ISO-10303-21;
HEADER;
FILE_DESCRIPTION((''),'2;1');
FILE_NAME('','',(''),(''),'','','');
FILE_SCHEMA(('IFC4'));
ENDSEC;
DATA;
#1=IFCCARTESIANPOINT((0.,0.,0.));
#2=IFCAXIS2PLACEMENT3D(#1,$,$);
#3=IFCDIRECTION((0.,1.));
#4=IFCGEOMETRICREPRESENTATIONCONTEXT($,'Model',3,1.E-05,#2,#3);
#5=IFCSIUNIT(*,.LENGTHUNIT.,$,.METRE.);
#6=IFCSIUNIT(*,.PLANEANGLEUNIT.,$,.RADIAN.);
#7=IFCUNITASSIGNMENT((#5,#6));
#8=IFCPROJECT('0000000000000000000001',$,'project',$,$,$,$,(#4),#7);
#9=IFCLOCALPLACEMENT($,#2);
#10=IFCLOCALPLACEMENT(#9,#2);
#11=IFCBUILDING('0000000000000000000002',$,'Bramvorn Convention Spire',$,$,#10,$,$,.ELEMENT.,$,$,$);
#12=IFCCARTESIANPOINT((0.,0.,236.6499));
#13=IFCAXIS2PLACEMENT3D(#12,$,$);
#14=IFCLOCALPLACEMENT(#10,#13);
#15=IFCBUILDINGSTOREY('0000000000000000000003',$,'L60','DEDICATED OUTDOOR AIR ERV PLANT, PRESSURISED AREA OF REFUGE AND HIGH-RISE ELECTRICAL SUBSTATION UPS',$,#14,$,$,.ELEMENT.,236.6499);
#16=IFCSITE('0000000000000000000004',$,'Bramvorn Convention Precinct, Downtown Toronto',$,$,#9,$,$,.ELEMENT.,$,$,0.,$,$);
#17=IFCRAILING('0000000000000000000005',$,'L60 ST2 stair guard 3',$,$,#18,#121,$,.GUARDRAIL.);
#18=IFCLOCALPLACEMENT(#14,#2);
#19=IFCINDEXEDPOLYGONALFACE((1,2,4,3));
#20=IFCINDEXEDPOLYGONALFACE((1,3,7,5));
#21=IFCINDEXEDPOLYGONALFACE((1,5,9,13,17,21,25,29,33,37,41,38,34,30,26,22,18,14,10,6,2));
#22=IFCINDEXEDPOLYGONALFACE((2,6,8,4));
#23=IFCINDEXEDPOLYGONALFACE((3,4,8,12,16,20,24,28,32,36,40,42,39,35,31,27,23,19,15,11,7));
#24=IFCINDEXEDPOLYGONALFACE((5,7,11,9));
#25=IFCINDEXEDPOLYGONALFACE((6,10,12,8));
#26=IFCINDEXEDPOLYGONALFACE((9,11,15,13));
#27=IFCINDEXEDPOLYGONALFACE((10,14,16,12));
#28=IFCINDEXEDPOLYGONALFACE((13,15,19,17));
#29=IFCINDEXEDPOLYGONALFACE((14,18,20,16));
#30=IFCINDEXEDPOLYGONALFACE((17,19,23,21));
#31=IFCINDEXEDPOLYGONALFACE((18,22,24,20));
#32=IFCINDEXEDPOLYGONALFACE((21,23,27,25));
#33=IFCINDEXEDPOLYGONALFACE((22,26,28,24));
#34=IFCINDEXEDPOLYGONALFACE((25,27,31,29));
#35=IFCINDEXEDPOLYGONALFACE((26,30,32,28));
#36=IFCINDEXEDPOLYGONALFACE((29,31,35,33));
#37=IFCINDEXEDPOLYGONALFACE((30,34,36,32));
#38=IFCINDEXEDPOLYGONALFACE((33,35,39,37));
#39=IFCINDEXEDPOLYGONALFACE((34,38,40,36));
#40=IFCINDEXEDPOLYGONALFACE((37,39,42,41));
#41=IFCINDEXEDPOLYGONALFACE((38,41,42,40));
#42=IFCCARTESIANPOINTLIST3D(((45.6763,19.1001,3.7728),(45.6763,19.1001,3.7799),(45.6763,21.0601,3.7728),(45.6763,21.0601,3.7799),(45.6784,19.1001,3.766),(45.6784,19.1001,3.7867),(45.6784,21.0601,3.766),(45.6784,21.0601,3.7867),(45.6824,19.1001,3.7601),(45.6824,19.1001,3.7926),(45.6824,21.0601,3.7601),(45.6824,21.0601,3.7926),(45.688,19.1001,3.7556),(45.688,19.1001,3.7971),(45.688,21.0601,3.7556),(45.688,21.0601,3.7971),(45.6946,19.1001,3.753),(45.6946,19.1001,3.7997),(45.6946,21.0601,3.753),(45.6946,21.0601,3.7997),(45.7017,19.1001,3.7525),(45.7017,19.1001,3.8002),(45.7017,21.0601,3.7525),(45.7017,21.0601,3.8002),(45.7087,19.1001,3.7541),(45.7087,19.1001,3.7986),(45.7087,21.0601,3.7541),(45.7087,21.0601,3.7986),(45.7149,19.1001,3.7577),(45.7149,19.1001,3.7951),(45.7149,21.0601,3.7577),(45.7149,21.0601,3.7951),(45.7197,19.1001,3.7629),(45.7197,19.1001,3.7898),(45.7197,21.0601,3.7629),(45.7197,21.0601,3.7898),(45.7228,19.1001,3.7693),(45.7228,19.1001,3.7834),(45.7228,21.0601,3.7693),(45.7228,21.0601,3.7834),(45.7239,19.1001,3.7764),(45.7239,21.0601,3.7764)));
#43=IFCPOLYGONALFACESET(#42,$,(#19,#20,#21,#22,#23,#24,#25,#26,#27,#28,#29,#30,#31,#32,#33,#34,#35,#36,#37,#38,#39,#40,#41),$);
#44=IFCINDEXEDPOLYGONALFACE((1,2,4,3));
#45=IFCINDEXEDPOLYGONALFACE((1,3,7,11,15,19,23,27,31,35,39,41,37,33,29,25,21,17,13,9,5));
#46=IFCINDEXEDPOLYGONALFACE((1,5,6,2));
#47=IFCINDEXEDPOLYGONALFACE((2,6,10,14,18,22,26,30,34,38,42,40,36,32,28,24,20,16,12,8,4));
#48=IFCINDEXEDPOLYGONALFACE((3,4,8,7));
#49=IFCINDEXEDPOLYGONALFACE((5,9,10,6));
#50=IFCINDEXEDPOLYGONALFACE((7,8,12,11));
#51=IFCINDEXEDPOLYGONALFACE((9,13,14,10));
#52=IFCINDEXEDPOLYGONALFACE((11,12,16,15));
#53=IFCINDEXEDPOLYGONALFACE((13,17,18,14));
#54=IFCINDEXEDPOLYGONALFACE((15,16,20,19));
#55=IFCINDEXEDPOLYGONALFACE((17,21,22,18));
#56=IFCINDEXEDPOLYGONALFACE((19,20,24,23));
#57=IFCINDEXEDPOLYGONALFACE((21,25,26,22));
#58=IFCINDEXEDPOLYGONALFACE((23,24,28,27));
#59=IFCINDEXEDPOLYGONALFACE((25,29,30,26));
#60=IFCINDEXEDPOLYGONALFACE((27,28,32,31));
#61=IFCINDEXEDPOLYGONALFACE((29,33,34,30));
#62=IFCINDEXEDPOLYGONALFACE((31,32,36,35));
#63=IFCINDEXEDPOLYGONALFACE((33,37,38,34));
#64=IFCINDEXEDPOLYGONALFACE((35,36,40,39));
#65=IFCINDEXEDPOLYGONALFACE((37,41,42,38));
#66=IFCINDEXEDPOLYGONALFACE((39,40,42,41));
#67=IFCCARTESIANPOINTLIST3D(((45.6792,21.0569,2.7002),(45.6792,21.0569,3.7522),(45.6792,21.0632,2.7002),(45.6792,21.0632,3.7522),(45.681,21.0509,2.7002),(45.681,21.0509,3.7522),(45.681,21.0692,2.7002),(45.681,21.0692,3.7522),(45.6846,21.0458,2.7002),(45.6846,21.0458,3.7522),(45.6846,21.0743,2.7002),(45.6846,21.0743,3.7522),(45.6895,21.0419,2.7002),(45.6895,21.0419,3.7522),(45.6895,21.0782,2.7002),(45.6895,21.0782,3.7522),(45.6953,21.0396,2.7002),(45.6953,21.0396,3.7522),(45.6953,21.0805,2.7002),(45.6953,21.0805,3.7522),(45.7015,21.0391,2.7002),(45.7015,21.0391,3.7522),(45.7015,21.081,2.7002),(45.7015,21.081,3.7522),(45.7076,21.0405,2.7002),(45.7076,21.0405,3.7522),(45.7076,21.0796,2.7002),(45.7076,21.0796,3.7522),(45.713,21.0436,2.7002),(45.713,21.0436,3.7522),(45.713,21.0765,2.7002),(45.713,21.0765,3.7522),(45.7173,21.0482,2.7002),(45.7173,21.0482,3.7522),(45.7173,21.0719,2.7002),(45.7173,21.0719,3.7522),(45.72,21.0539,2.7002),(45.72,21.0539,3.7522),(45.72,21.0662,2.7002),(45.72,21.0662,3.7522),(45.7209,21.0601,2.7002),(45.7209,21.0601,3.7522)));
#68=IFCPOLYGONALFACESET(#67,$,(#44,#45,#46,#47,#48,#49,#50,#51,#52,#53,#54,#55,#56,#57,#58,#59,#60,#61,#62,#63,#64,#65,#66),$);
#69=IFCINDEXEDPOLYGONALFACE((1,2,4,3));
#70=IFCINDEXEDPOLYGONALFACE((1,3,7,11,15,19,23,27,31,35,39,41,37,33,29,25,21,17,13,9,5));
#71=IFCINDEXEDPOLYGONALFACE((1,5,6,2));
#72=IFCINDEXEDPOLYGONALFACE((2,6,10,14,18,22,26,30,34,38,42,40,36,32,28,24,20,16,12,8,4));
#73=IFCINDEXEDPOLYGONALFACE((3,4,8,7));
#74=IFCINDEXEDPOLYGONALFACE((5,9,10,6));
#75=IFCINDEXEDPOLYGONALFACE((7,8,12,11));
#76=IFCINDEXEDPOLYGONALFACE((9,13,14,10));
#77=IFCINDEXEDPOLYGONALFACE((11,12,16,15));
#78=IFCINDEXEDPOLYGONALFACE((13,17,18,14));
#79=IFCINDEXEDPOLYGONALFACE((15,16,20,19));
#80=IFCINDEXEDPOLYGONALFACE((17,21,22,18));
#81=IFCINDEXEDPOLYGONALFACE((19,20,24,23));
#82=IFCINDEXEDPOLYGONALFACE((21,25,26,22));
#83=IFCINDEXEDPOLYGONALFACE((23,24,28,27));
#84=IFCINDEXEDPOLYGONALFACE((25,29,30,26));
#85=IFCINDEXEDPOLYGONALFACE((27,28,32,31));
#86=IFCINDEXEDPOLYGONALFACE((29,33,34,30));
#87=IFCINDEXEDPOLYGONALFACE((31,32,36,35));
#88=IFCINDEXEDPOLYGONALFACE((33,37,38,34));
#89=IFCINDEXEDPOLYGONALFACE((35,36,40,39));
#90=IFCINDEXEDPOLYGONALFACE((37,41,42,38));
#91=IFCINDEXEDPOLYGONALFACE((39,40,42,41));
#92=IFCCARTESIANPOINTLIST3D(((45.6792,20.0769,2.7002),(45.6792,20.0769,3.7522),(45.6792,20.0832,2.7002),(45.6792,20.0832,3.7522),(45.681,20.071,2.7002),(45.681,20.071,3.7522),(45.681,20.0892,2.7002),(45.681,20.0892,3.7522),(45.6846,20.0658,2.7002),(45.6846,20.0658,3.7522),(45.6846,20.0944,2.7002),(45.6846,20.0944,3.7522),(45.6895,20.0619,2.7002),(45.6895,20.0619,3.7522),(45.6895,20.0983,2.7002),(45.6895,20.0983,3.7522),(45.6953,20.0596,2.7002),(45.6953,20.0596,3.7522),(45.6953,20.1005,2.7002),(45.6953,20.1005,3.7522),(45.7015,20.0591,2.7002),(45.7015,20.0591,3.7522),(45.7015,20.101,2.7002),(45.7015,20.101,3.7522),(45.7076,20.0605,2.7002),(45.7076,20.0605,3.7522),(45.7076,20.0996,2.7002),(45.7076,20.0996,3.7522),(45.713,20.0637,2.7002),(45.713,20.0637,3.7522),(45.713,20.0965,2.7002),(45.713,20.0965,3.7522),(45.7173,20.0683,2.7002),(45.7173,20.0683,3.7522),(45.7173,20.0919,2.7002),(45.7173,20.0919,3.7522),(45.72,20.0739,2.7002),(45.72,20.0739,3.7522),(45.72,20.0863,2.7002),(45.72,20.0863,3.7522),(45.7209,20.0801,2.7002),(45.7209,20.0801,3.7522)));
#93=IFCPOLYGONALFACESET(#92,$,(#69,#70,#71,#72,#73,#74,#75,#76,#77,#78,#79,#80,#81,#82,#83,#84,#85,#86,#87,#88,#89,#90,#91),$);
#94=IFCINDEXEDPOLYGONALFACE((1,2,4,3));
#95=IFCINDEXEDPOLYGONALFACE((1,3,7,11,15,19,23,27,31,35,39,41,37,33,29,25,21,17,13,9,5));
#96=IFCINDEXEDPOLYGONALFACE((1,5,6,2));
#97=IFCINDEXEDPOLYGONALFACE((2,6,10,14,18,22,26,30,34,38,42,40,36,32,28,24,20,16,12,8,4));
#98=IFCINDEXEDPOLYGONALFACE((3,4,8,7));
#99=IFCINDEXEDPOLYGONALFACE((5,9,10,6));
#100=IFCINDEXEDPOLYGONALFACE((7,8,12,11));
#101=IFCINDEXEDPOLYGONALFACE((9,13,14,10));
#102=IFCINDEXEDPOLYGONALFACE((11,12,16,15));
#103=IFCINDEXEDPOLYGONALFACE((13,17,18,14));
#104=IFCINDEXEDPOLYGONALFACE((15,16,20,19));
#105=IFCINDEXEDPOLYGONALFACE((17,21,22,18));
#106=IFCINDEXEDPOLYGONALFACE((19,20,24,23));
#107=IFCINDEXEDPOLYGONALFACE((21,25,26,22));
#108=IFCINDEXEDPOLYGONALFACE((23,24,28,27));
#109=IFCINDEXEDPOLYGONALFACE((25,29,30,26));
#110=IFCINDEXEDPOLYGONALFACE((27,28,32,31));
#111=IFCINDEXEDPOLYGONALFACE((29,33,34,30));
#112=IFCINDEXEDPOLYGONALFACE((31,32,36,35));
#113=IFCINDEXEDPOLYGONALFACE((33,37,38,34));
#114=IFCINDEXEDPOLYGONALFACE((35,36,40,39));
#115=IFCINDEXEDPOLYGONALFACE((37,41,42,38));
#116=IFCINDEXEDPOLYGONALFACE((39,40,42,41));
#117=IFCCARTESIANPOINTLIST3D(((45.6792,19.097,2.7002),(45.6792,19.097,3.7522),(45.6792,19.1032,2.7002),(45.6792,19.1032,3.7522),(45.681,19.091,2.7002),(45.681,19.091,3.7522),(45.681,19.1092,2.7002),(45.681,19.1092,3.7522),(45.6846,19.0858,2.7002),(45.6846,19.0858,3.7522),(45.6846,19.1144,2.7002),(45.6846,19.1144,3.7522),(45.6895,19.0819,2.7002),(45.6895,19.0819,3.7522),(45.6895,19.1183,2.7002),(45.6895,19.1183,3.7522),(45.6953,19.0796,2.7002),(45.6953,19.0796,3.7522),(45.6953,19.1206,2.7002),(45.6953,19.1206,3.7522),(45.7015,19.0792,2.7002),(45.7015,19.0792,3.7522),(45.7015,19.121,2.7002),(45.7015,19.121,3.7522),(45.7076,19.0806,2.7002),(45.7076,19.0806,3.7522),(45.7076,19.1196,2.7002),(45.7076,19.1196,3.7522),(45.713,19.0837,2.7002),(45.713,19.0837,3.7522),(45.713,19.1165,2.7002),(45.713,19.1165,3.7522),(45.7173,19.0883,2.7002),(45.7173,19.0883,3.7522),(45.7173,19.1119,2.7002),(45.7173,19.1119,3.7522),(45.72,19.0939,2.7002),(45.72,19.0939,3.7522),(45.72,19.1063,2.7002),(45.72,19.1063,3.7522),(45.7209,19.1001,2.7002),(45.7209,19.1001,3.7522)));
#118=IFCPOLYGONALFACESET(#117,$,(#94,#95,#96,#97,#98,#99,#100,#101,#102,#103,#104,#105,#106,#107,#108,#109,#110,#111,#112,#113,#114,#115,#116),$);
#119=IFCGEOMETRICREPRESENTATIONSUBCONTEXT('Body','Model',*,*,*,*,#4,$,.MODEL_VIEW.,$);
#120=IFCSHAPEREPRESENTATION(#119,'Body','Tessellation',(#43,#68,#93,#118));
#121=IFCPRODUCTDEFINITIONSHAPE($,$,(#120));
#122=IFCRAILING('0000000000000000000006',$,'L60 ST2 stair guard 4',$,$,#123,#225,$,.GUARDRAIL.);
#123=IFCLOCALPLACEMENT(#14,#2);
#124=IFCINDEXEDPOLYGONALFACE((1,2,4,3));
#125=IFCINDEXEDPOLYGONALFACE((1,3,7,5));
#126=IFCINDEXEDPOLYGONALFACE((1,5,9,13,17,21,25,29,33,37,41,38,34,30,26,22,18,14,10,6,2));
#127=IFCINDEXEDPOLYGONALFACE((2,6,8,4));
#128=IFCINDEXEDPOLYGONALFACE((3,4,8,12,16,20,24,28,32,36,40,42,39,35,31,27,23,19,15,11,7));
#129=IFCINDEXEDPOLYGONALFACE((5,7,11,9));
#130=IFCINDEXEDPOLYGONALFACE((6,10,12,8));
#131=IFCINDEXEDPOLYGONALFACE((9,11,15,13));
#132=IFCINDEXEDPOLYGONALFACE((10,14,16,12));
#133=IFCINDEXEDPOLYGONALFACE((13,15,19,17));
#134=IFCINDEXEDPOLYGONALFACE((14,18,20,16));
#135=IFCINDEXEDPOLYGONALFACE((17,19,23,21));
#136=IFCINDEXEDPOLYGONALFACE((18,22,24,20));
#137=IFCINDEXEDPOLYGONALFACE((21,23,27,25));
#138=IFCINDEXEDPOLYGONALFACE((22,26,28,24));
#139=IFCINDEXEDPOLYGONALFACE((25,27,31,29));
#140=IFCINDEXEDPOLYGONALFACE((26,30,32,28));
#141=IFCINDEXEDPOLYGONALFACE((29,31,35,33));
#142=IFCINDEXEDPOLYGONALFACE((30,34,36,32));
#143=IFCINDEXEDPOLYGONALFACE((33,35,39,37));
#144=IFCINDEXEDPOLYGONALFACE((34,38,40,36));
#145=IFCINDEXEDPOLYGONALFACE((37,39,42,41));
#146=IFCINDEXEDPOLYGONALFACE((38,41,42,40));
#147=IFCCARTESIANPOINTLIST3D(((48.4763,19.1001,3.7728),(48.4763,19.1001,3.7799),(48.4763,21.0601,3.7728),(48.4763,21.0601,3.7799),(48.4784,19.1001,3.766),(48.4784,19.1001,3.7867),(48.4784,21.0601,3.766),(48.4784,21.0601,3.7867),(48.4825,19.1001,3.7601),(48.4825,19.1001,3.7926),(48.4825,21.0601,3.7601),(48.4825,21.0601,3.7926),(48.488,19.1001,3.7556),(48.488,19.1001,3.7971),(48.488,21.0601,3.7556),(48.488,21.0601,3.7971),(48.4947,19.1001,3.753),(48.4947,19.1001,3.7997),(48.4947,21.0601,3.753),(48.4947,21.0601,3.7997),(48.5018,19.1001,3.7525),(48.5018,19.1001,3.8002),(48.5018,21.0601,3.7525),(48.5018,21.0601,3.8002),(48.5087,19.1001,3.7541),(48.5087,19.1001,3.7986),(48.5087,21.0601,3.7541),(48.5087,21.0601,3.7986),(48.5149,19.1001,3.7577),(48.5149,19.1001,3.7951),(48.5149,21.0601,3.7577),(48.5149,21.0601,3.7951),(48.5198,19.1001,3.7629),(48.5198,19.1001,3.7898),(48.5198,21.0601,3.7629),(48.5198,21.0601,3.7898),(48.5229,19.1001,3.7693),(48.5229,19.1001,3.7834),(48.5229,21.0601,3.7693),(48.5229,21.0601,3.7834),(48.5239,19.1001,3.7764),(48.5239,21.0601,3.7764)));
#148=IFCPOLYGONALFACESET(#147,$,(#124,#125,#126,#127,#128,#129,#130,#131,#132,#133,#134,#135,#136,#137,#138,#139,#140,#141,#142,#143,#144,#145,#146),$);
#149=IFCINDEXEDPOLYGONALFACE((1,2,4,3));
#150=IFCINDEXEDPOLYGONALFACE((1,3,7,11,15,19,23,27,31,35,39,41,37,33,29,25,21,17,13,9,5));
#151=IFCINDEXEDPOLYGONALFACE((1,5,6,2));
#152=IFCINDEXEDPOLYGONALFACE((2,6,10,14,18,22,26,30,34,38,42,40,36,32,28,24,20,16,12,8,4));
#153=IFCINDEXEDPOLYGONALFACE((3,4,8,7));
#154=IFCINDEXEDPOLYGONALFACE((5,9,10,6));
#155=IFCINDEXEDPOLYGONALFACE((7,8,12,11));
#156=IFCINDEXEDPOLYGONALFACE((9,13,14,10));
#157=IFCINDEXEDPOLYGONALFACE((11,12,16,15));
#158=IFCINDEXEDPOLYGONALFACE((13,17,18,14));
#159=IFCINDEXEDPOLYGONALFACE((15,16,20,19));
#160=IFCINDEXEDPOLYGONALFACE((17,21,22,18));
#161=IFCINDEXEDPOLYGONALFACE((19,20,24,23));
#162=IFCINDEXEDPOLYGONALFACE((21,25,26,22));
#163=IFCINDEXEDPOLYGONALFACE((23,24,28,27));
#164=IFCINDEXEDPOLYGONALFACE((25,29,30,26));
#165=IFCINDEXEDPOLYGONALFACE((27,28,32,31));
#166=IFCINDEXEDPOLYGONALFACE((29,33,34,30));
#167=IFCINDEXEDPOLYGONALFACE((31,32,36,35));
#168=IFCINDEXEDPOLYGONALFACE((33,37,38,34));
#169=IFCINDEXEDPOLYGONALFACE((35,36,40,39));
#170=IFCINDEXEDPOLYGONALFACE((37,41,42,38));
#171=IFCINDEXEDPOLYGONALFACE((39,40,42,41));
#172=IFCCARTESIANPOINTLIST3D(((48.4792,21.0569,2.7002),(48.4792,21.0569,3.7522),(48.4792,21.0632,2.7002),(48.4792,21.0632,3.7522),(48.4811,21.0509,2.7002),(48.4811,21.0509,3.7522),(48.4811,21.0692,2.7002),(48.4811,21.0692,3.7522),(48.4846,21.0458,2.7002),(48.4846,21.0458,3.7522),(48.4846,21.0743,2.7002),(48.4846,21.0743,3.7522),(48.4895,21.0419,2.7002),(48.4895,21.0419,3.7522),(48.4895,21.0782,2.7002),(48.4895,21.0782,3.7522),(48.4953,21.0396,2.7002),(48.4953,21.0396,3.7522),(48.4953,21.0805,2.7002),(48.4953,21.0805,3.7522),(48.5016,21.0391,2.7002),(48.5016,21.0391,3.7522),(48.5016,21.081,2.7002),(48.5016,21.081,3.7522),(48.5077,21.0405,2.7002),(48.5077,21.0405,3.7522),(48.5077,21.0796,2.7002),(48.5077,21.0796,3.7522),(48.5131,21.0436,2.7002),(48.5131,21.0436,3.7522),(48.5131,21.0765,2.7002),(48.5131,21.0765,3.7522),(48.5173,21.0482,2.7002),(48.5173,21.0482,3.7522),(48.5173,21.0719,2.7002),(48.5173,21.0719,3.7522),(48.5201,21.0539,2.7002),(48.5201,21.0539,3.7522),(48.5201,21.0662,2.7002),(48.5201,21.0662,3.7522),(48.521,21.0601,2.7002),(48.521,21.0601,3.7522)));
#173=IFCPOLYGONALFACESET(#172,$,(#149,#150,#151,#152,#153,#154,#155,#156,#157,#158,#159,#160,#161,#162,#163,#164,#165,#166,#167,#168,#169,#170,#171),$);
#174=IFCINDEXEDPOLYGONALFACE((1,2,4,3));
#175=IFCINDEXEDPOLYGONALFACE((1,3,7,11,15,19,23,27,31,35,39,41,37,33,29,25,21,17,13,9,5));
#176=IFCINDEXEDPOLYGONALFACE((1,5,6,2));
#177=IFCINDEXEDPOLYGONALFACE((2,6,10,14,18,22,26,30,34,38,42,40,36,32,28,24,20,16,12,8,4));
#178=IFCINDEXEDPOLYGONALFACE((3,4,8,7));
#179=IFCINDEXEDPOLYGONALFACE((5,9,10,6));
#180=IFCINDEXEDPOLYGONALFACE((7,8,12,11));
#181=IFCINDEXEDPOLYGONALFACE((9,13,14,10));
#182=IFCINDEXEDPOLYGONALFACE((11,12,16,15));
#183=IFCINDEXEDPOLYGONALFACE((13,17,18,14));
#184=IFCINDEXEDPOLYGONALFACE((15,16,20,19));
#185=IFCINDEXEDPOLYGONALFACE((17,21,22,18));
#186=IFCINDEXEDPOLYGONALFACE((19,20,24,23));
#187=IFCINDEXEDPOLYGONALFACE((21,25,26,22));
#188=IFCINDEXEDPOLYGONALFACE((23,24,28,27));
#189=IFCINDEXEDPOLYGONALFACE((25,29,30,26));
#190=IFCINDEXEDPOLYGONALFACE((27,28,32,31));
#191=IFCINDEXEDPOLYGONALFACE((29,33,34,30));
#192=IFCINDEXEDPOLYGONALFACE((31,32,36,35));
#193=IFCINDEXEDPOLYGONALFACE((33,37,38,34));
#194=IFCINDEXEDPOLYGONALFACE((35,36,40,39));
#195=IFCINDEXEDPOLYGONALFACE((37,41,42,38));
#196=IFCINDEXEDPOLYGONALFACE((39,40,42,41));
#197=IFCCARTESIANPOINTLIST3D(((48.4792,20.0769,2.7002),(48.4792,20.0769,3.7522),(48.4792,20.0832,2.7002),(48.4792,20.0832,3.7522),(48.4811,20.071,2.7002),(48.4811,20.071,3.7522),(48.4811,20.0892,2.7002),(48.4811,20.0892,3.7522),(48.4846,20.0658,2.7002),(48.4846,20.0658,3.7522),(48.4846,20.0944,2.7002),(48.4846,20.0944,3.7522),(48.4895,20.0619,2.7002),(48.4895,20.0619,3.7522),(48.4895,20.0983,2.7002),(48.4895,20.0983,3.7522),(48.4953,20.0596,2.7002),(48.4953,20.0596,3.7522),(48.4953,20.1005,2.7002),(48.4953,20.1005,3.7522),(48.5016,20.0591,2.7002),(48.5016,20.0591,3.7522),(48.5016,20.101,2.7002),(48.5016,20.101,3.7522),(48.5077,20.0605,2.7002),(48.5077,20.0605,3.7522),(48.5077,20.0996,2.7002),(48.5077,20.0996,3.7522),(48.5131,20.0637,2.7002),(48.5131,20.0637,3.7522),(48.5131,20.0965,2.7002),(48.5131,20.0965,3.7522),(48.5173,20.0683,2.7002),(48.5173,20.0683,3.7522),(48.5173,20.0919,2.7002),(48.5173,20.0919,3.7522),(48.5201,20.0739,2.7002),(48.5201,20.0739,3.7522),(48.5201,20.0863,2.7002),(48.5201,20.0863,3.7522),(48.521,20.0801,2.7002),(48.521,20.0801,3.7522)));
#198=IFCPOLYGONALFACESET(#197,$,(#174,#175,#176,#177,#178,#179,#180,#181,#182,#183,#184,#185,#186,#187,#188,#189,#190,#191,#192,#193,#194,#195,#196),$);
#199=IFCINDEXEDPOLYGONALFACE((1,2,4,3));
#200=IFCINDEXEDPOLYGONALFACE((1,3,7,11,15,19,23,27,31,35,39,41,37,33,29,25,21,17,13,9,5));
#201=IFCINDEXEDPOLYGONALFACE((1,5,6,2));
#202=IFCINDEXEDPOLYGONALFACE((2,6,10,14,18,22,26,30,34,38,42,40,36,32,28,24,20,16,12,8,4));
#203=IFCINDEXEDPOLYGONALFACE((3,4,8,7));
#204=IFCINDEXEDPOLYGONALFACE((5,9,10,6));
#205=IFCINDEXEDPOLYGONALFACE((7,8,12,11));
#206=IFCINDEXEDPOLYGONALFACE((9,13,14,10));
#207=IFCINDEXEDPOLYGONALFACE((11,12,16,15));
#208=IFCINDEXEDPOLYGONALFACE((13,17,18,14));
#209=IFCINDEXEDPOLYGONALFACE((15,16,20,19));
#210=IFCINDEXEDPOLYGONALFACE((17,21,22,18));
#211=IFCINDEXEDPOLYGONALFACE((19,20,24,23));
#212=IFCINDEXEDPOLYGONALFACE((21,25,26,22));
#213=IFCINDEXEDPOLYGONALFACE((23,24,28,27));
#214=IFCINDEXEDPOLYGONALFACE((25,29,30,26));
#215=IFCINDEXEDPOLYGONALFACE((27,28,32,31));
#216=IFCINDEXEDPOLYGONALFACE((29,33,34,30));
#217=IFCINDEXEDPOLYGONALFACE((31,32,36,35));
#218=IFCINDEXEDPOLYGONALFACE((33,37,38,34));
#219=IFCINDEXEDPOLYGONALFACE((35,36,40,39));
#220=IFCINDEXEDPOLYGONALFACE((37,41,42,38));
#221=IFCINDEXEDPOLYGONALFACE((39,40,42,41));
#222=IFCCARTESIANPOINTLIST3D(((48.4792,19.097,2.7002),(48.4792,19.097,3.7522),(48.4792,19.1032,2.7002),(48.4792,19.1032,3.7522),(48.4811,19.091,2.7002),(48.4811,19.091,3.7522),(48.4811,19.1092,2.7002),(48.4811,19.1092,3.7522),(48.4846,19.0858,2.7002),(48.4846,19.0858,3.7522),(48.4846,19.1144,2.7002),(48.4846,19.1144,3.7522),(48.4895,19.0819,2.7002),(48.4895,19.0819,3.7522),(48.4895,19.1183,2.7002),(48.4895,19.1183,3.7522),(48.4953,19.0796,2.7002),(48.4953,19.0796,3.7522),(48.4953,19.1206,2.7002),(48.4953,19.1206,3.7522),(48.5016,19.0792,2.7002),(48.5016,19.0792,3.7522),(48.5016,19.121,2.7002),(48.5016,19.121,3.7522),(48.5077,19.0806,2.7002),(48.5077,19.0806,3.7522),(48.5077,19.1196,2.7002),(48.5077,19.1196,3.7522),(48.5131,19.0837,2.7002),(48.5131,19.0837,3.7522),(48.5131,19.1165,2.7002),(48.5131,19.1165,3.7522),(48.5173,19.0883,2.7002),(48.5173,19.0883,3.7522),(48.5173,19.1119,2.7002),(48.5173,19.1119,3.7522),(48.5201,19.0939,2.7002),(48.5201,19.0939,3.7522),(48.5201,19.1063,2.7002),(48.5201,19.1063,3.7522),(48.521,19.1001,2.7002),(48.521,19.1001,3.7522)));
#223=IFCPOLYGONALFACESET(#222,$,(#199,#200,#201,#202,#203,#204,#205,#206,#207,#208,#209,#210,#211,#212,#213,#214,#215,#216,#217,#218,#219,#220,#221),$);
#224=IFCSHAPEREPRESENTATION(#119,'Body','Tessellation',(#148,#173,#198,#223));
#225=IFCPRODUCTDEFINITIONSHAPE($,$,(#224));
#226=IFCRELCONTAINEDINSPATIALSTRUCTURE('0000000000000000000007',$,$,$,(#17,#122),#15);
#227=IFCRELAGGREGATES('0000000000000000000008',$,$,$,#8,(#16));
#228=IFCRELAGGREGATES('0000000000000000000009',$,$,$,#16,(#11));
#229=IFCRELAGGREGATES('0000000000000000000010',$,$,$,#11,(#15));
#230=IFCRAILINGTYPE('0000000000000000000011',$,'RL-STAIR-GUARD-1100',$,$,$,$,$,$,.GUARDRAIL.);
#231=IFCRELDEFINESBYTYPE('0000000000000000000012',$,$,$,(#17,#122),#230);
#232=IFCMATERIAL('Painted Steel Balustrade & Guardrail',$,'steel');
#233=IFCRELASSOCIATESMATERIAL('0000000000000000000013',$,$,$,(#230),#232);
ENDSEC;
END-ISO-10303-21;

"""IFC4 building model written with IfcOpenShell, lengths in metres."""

from ifc_helpers import new_model, si_unit, direction, frame, origin, origin_2d, place, context, subcontext, project, spatial, circle, extrude, material, type_object, element, save


model = new_model("IFC4")

# Units and contexts
model_context = context("Model", 3, precision=1e-05, world=origin(), true_north=direction((0.0, 1.0)))
body_context = subcontext(model_context, "Body", "Model", "MODEL_VIEW")
ifc_project = project(units=[si_unit("LENGTHUNIT", "METRE"), si_unit("PLANEANGLEUNIT", "RADIAN")], contexts=[model_context])

# Site, building, storey
site_placement = place(None, origin())
site = spatial("IfcSite", under=ifc_project, at=site_placement, Name="Bramvorn Convention Precinct, Downtown Toronto", CompositionType="ELEMENT", RefElevation=0.0)
building_placement = place(site_placement, origin())
building = spatial("IfcBuilding", under=site, at=building_placement, Name="Bramvorn Convention Spire", CompositionType="ELEMENT")
storey_placement = place(building_placement, frame((0.0, 0.0, 236.6499)))
storey = spatial("IfcBuildingStorey", under=building, at=storey_placement, Name="L60", Description="DEDICATED OUTDOOR AIR ERV PLANT, PRESSURISED AREA OF REFUGE AND HIGH-RISE ELECTRICAL SUBSTATION UPS", CompositionType="ELEMENT", Elevation=236.6499)

# Railings
ifc_material_1 = material(Name="Painted Steel Balustrade & Guardrail", Category="steel")
railing_type_1 = type_object("IfcRailingType", Name="RL-STAIR-GUARD-1100", PredefinedType="GUARDRAIL", material=ifc_material_1)
for number, where, name in (
    (1, (45.7, 21.0601, 2.7002), "L60 ST2 stair guard 3"),
    (2, (48.5, 21.0601, 2.7002), "L60 ST2 stair guard 4"),
):
    element("IfcRailing", number, at=place(storey_placement, frame(where)), inside=storey, type_object=railing_type_1, Name=name, PredefinedType="GUARDRAIL", context=body_context, shape_type="SweptSolid", body=[
        extrude(circle(Radius=0.0239, at=origin_2d()), frame((0.0, 0.0, 1.0762), z_axis=(0.0, -1.0, 0.0), x_axis=(1.0, 0.0, 0.0)), (0.0, 0.0, 1.0), 1.96),
        extrude(circle(Radius=0.021, at=origin_2d()), origin(), (0.0, 0.0, 1.0), 1.052),
        extrude(circle(Radius=0.021, at=origin_2d()), frame((0.0, -0.98, 0.0)), (0.0, 0.0, 1.0), 1.052),
        extrude(circle(Radius=0.021, at=origin_2d()), frame((0.0, -1.96, 0.0)), (0.0, 0.0, 1.0), 1.052),
    ])

save(model, "model.ifc")
